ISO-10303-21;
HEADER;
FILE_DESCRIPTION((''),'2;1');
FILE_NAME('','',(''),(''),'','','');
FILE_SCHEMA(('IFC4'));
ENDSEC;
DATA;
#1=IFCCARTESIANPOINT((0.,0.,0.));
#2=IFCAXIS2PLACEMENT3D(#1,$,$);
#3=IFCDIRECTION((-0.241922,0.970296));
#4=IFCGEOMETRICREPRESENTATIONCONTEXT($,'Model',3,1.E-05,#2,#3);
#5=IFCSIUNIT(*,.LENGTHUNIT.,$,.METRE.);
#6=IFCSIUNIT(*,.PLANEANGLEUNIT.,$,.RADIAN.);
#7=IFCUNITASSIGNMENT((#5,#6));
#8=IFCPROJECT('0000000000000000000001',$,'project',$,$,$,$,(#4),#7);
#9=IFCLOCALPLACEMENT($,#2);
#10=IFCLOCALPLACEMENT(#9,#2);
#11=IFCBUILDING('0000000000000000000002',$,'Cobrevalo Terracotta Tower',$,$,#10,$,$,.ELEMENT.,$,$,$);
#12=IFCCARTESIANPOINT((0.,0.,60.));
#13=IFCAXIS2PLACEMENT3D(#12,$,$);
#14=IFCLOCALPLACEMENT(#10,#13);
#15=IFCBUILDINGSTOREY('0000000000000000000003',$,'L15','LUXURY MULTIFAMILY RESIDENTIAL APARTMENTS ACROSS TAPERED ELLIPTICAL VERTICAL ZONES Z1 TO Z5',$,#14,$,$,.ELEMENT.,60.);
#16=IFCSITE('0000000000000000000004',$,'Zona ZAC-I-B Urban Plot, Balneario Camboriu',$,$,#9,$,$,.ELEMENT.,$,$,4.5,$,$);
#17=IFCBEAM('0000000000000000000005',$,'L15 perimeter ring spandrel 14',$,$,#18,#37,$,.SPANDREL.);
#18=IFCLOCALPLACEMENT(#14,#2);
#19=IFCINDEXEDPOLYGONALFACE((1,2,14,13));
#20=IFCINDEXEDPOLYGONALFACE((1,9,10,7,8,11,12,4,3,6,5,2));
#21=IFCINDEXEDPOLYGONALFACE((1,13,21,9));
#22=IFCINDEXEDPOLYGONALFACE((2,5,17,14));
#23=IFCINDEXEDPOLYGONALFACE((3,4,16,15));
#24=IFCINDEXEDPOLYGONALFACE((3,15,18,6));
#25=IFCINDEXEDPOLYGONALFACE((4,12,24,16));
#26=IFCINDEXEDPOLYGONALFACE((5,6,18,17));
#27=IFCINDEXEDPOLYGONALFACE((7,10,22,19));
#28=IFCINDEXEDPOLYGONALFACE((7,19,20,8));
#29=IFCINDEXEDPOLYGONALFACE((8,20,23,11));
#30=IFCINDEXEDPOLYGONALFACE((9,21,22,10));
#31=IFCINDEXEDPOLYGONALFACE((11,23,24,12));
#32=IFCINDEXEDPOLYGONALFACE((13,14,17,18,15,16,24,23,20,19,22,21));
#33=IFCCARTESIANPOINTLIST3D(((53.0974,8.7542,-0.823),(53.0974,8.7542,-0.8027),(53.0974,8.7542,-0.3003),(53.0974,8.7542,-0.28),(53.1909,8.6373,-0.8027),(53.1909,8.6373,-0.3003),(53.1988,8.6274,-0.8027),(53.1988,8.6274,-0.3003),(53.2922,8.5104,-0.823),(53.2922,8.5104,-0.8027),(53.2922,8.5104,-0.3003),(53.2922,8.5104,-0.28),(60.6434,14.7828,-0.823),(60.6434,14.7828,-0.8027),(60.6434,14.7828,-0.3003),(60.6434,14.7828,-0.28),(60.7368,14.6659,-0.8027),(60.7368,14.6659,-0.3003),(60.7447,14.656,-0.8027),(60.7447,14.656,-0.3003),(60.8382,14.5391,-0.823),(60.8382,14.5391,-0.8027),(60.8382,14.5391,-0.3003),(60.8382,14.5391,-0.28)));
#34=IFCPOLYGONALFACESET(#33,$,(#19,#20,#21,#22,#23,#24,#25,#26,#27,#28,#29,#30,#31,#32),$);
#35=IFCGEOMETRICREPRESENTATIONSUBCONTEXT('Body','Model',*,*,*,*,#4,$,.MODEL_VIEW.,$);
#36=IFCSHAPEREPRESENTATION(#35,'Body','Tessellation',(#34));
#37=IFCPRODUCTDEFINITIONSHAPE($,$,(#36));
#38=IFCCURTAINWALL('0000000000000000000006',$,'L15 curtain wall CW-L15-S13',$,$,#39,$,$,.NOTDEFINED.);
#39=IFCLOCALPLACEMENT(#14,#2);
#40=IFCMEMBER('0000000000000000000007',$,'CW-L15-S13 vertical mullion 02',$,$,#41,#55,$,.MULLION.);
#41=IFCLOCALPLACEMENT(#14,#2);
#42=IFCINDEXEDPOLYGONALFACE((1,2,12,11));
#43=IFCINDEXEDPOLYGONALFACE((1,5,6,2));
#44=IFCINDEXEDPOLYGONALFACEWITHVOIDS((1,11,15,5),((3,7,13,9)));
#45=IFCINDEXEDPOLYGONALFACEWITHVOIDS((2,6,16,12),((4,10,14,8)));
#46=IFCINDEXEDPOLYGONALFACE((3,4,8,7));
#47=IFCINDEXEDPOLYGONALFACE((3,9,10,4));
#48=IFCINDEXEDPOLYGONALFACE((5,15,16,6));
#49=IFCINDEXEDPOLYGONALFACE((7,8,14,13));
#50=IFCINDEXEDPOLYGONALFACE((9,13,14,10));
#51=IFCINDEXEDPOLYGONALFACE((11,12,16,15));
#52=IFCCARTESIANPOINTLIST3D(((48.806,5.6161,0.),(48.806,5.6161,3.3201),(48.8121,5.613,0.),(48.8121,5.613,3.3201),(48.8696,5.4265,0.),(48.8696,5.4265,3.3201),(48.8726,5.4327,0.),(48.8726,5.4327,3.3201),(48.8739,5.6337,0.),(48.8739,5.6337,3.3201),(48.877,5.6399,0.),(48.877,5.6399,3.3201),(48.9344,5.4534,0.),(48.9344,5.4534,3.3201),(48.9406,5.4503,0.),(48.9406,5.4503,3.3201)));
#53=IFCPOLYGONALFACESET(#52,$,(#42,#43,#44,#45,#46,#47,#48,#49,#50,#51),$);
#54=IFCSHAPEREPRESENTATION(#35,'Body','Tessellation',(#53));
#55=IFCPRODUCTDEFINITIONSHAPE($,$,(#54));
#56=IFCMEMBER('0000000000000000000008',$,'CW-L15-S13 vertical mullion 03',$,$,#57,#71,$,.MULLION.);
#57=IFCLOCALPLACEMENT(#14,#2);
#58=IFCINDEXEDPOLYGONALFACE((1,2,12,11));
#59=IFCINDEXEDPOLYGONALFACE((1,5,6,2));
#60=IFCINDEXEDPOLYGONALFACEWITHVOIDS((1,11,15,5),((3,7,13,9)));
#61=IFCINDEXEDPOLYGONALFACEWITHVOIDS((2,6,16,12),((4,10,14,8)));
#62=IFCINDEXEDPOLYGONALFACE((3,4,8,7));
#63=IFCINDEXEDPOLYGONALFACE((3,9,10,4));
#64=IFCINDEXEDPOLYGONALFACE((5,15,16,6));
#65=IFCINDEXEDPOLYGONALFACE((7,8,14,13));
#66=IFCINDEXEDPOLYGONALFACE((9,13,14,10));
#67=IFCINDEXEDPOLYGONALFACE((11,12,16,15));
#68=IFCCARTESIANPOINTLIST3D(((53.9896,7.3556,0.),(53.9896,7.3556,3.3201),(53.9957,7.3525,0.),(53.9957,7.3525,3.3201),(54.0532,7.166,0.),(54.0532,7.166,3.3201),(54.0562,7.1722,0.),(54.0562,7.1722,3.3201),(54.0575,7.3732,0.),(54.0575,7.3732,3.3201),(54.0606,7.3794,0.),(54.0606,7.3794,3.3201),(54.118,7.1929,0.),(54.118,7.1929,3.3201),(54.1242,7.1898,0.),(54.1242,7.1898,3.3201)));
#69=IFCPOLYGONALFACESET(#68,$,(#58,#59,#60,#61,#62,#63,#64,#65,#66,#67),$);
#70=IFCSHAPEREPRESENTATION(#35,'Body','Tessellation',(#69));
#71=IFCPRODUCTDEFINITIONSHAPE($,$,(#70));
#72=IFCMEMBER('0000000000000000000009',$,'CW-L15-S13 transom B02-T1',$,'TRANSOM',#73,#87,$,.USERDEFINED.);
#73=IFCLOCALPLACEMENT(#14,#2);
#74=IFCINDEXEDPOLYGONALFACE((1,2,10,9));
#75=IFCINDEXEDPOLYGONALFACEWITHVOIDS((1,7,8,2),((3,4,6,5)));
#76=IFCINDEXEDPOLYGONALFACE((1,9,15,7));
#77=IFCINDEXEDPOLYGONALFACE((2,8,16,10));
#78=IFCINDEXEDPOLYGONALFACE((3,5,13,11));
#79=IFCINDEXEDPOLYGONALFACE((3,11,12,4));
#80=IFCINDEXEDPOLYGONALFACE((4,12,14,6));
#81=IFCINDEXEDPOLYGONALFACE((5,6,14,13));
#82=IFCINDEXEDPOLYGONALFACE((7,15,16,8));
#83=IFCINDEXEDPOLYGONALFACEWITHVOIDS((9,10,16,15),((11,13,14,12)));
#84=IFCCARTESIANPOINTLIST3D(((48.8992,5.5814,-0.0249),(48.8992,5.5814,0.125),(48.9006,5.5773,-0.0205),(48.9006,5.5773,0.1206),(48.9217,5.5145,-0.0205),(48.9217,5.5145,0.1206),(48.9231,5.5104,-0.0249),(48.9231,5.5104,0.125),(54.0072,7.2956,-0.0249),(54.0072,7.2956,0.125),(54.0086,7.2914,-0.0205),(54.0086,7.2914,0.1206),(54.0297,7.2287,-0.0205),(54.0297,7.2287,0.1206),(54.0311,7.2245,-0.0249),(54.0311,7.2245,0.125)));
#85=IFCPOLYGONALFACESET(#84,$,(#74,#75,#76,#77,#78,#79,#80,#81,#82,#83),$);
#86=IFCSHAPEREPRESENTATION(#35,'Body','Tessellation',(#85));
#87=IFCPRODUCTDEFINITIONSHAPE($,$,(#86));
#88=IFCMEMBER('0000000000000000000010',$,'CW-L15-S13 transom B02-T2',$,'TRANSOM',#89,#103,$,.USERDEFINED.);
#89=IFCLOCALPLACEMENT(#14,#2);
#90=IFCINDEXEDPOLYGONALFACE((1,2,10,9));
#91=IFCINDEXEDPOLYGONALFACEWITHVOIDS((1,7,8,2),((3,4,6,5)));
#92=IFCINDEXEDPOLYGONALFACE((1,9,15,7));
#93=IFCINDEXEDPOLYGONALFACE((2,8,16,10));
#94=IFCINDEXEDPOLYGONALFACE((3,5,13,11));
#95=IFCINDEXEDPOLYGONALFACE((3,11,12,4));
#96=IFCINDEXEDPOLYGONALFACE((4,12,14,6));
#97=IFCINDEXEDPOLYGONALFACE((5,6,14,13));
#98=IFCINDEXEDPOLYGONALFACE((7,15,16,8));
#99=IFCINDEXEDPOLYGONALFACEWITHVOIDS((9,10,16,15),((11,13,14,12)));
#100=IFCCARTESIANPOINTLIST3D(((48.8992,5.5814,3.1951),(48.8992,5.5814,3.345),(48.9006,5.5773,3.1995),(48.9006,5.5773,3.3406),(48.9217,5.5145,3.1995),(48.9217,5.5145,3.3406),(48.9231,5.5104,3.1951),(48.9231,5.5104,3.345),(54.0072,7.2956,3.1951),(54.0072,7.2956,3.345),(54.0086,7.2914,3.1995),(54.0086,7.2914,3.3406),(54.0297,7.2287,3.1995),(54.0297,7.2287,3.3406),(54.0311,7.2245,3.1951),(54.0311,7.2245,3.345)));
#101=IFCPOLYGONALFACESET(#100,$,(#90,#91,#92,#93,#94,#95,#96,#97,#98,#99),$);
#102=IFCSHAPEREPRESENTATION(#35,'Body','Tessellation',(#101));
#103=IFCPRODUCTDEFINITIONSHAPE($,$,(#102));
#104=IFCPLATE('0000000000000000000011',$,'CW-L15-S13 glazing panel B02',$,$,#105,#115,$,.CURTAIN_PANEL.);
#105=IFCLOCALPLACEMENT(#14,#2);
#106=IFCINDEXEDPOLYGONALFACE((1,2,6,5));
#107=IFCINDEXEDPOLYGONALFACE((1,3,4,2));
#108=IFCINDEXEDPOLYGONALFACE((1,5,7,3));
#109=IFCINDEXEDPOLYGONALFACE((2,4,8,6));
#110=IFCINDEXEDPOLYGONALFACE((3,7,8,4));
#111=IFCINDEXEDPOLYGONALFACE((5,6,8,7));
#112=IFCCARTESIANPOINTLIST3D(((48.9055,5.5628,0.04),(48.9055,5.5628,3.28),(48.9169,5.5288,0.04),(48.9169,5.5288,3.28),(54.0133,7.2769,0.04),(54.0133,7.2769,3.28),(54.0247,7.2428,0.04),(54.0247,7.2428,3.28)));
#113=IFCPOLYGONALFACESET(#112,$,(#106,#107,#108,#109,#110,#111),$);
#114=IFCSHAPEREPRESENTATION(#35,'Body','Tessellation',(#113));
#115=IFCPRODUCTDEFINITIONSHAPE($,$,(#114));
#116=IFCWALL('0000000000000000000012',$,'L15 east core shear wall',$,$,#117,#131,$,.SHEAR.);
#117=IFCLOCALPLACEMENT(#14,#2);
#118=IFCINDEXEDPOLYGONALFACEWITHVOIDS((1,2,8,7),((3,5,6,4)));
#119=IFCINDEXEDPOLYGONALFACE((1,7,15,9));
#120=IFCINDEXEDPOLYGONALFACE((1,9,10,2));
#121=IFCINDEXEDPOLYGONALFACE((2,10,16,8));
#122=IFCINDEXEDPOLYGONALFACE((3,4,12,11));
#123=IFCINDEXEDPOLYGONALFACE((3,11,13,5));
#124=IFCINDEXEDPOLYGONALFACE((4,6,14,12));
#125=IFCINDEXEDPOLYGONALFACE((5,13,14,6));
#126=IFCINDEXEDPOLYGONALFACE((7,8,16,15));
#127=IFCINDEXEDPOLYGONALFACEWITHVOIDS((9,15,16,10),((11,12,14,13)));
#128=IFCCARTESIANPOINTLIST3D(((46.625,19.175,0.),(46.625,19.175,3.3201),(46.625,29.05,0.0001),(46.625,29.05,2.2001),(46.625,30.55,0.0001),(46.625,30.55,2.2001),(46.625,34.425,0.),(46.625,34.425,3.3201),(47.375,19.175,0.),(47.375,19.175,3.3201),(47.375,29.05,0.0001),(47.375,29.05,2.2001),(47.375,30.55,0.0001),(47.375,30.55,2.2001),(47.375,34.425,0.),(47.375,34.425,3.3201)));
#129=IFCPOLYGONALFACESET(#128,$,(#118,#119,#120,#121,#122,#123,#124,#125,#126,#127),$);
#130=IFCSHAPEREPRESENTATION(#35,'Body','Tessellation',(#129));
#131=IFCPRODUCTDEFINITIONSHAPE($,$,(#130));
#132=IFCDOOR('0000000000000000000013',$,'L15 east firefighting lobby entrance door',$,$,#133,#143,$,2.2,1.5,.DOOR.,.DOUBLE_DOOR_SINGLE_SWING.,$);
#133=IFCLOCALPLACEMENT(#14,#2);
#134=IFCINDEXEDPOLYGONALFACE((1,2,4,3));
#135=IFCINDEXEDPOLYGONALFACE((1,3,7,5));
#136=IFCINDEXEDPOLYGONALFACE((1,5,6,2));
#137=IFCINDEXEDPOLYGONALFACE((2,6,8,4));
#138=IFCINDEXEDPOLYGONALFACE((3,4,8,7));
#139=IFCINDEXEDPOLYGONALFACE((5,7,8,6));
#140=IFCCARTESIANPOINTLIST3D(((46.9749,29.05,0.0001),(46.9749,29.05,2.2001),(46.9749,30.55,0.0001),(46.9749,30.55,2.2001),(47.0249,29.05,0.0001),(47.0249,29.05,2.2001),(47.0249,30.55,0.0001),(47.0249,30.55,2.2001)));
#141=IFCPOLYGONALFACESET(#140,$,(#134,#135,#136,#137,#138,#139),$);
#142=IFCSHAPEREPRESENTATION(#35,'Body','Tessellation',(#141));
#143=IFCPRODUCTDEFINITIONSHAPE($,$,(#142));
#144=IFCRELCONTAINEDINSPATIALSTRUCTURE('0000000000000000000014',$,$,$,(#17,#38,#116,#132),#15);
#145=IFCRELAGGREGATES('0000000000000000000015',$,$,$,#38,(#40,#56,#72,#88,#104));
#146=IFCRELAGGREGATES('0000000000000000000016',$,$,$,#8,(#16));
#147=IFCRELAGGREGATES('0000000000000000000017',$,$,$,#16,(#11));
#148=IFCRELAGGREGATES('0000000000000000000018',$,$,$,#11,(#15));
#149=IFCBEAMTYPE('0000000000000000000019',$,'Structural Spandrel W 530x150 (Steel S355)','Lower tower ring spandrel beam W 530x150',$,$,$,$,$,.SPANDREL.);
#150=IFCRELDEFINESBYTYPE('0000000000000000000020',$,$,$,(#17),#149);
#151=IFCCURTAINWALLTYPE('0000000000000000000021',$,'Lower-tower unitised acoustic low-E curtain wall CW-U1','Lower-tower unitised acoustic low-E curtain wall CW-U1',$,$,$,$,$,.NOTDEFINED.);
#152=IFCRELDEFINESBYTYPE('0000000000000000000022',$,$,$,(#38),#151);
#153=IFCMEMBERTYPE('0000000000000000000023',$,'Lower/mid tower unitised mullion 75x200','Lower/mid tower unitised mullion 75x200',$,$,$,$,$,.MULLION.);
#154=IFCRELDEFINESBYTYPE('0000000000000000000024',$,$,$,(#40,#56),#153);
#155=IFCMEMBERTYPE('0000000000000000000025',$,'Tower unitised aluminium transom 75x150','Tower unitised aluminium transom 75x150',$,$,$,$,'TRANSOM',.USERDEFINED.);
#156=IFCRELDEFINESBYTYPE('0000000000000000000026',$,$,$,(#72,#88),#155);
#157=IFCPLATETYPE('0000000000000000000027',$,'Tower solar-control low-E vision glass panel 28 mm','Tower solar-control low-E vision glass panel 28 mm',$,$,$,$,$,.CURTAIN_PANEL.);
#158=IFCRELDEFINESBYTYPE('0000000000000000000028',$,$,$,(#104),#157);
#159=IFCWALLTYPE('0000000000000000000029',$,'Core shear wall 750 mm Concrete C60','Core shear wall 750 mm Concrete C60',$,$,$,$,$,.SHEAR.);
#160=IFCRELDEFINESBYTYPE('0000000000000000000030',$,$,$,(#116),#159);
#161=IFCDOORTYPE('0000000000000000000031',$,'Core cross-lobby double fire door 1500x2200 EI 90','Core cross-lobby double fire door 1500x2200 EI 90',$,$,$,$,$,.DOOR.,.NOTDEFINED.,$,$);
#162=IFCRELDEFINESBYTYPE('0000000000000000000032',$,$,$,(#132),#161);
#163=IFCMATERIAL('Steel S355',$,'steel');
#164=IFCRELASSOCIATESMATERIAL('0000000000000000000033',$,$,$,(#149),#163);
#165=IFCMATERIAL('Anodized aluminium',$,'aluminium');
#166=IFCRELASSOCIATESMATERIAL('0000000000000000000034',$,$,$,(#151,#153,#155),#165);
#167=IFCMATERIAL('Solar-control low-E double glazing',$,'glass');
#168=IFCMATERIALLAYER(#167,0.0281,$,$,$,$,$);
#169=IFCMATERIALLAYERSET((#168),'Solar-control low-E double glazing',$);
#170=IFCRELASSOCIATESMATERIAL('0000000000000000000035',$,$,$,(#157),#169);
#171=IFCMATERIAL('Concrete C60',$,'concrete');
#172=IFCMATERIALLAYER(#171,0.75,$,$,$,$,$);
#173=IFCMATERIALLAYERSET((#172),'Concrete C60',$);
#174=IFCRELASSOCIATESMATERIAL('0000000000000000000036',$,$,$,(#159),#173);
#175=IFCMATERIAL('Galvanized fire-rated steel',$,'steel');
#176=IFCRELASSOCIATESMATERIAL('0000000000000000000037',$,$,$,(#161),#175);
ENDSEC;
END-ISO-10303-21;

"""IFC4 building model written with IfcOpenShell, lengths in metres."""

from ifc_helpers import new_model, si_unit, direction, frame, frame_2d, origin, origin_2d, place, context, subcontext, project, spatial, rectangle, hollow_rectangle, i_section, extrude, source, transform, mapped, material, layer, layer_set, material_profile, profile_set, type_object, element, fill, aggregate, save


model = new_model("IFC4")

# Units and contexts
model_context = context("Model", 3, precision=1e-05, world=origin(), true_north=direction((-0.241922, 0.970296)))
body_context = subcontext(model_context, "Body", "Model", "MODEL_VIEW")
ifc_project = project(units=[si_unit("LENGTHUNIT", "METRE"), si_unit("PLANEANGLEUNIT", "RADIAN")], contexts=[model_context])

# Site, building, storey
site_placement = place(None, origin())
site = spatial("IfcSite", under=ifc_project, at=site_placement, Name="Zona ZAC-I-B Urban Plot, Balneario Camboriu", CompositionType="ELEMENT", RefElevation=4.5)
building_placement = place(site_placement, origin())
building = spatial("IfcBuilding", under=site, at=building_placement, Name="Cobrevalo Terracotta Tower", CompositionType="ELEMENT")
storey_placement = place(building_placement, frame((0.0, 0.0, 60.0)))
storey = spatial("IfcBuildingStorey", under=building, at=storey_placement, Name="L15", Description="LUXURY MULTIFAMILY RESIDENTIAL APARTMENTS ACROSS TAPERED ELLIPTICAL VERTICAL ZONES Z1 TO Z5", CompositionType="ELEMENT", Elevation=60.0)

# Shared definitions
ifc_material_1 = material(Name="Steel S355", Category="steel")

# Beam
ifc_material_profile_1 = material_profile(ifc_material_1, i_section(OverallWidth=0.312, OverallDepth=0.543, WebThickness=0.0127, FlangeThickness=0.0203, at=origin_2d()), Name="W 530x150")
ifc_profile_set_1 = profile_set([ifc_material_profile_1], Name="Steel S355")
beam_type_1 = type_object("IfcBeamType", Name="Structural Spandrel W 530x150 (Steel S355)", Description="Lower tower ring spandrel beam W 530x150", PredefinedType="SPANDREL", material=ifc_profile_set_1)
beam_1_placement = place(storey_placement, frame((53.1948, 8.6323, -0.5515), z_axis=(0.78128, 0.62418, 0.0), x_axis=(-0.62418, 0.78128, 0.0)))
element("IfcBeam", 1, at=beam_1_placement, inside=storey, type_object=beam_type_1, Name="L15 perimeter ring spandrel 14", PredefinedType="SPANDREL", context=body_context, shape_type="SweptSolid", body=[
    extrude(i_section(OverallWidth=0.312, OverallDepth=0.543, WebThickness=0.0127, FlangeThickness=0.0203, at=origin_2d()), origin(), (0.0, 0.0, 1.0), 9.6584),
])

# Curtain wall, members, plate
ifc_material_2 = material(Name="Anodized aluminium", Category="aluminium")
curtain_wall_type = type_object("IfcCurtainWallType", Name="Lower-tower unitised acoustic low-E curtain wall CW-U1", Description="Lower-tower unitised acoustic low-E curtain wall CW-U1", PredefinedType="NOTDEFINED", material=ifc_material_2)
curtain_wall_placement = place(storey_placement, origin())
curtain_wall = element("IfcCurtainWall", 2, at=curtain_wall_placement, inside=storey, type_object=curtain_wall_type, Name="L15 curtain wall CW-L15-S13", PredefinedType="NOTDEFINED")
ifc_material_profile_2 = material_profile(ifc_material_2, hollow_rectangle(XDim=0.075, YDim=0.2, WallThickness=0.0049, at=origin_2d()), Name="CWM 75x200")
ifc_profile_set_2 = profile_set([ifc_material_profile_2], Name="Anodized aluminium")
member_type_1 = type_object("IfcMemberType", Name="Lower/mid tower unitised mullion 75x200", Description="Lower/mid tower unitised mullion 75x200", PredefinedType="MULLION", material=ifc_profile_set_2)
shared_shape_1 = source(origin(), body_context, "Body", "SweptSolid", [
    extrude(hollow_rectangle(XDim=0.075, YDim=0.2, WallThickness=0.0049, at=origin_2d()), origin(), (0.0, 0.0, 1.0), 3.3201),
])
member_1_placement = place(storey_placement, frame((48.8733, 5.5332, 0.0), z_axis=(0.0, 0.0, 1.0), x_axis=(0.948046, 0.318132, 0.0)))
member_1 = element("IfcMember", 3, at=member_1_placement, type_object=member_type_1, Name="CW-L15-S13 vertical mullion 02", PredefinedType="MULLION", context=body_context, shape_type="MappedRepresentation", body=[
    mapped(shared_shape_1, transform((0.0, 0.0, 0.0), scale=1.0)),
])
member_2_placement = place(storey_placement, frame((54.0569, 7.2727, 0.0), z_axis=(0.0, 0.0, 1.0), x_axis=(0.948046, 0.318132, 0.0)))
member_2 = element("IfcMember", 4, at=member_2_placement, type_object=member_type_1, Name="CW-L15-S13 vertical mullion 03", PredefinedType="MULLION", context=body_context, shape_type="MappedRepresentation", body=[
    mapped(shared_shape_1, transform((0.0, 0.0, 0.0), scale=1.0)),
])
ifc_material_profile_3 = material_profile(ifc_material_2, hollow_rectangle(XDim=0.075, YDim=0.1499, WallThickness=0.0044, at=origin_2d()), Name="CWT 75x150")
ifc_profile_set_3 = profile_set([ifc_material_profile_3], Name="Anodized aluminium")
member_type_2 = type_object("IfcMemberType", Name="Tower unitised aluminium transom 75x150", Description="Tower unitised aluminium transom 75x150", ElementType="TRANSOM", PredefinedType="USERDEFINED", material=ifc_profile_set_3)
shared_shape_2 = source(origin(), body_context, "Body", "SweptSolid", [
    extrude(hollow_rectangle(XDim=0.075, YDim=0.1499, WallThickness=0.0044, at=origin_2d()), origin(), (0.0, 0.0, 1.0), 5.3879),
])
member_3_placement = place(storey_placement, frame((48.9111, 5.5459, 0.05), z_axis=(0.948042, 0.318144, 0.0), x_axis=(-0.318144, 0.948042, 0.0)))
member_3 = element("IfcMember", 5, at=member_3_placement, type_object=member_type_2, Name="CW-L15-S13 transom B02-T1", ObjectType="TRANSOM", PredefinedType="USERDEFINED", context=body_context, shape_type="MappedRepresentation", body=[
    mapped(shared_shape_2, transform((0.0, 0.0, 0.0), scale=1.0)),
])
member_4_placement = place(storey_placement, frame((48.9111, 5.5459, 3.27), z_axis=(0.948042, 0.318144, 0.0), x_axis=(-0.318144, 0.948042, 0.0)))
member_4 = element("IfcMember", 6, at=member_4_placement, type_object=member_type_2, Name="CW-L15-S13 transom B02-T2", ObjectType="TRANSOM", PredefinedType="USERDEFINED", context=body_context, shape_type="MappedRepresentation", body=[
    mapped(shared_shape_2, transform((0.0, 0.0, 0.0), scale=1.0)),
])
ifc_material_3 = material(Name="Solar-control low-E double glazing", Category="glass")
ifc_layer_1 = layer(ifc_material_3, 0.0281)
ifc_layer_set_1 = layer_set([ifc_layer_1], Name="Solar-control low-E double glazing")
plate_type = type_object("IfcPlateType", Name="Tower solar-control low-E vision glass panel 28 mm", Description="Tower solar-control low-E vision glass panel 28 mm", PredefinedType="CURTAIN_PANEL", material=ifc_layer_set_1)
shared_shape_3 = source(origin(), body_context, "Body", "SweptSolid", [
    extrude(rectangle(XDim=5.3877, YDim=0.0359, at=origin_2d()), origin(), (0.0, 0.0, 1.0), 3.24),
])
plate_placement = place(storey_placement, frame((51.4651, 6.4028, 0.04), z_axis=(0.0, 0.0, 1.0), x_axis=(0.948044, 0.318139, 0.0)))
plate = element("IfcPlate", 7, at=plate_placement, type_object=plate_type, Name="CW-L15-S13 glazing panel B02", PredefinedType="CURTAIN_PANEL", context=body_context, shape_type="MappedRepresentation", body=[
    mapped(shared_shape_3, transform((0.0, 0.0, 0.0), scale=1.0)),
])
aggregate(curtain_wall, [member_1, member_2, member_3, member_4, plate])

# Wall, opening, door
ifc_material_4 = material(Name="Concrete C60", Category="concrete")
ifc_layer_2 = layer(ifc_material_4, 0.75)
ifc_layer_set_2 = layer_set([ifc_layer_2], Name="Concrete C60")
wall_type_1 = type_object("IfcWallType", Name="Core shear wall 750 mm Concrete C60", Description="Core shear wall 750 mm Concrete C60", PredefinedType="SHEAR", material=ifc_layer_set_2)
wall_1_placement = place(storey_placement, frame((47.0, 19.175, 0.0), z_axis=(0.0, 0.0, 1.0), x_axis=(0.0, 1.0, 0.0)))
wall_1 = element("IfcWall", 8, at=wall_1_placement, inside=storey, type_object=wall_type_1, Name="L15 east core shear wall", PredefinedType="SHEAR", context=body_context, shape_type="SweptSolid", body=[
    extrude(rectangle(XDim=15.25, YDim=0.75, at=frame_2d((7.625, 0.0))), origin(), (0.0, 0.0, 1.0), 3.3201),
])
opening_1_placement = place(wall_1_placement, frame((9.875, 0.0, 0.0)))
opening_1 = element("IfcOpeningElement", 9, at=opening_1_placement, cuts=wall_1, PredefinedType="OPENING", context=body_context, shape_type="SweptSolid", body=[
    extrude(rectangle(XDim=1.5, YDim=2.2, at=frame_2d((0.75, 1.1001))), frame((0.0, 0.385, 0.0), z_axis=(0.0, -1.0, 0.0), x_axis=(1.0, 0.0, 0.0)), (0.0, 0.0, 1.0), 0.77),
])
ifc_material_5 = material(Name="Galvanized fire-rated steel", Category="steel")
door_type_1 = type_object("IfcDoorType", Name="Core cross-lobby double fire door 1500x2200 EI 90", Description="Core cross-lobby double fire door 1500x2200 EI 90", OperationType="NOTDEFINED", PredefinedType="DOOR", material=ifc_material_5)
shared_shape_4 = source(origin(), body_context, "Body", "SweptSolid", [
    extrude(rectangle(XDim=1.5, YDim=2.2, at=frame_2d((0.75, 1.1001))), frame((0.0, 0.0249, 0.0), z_axis=(0.0, -1.0, 0.0), x_axis=(1.0, 0.0, 0.0)), (0.0, 0.0, 1.0), 0.05),
])
door_1_placement = place(opening_1_placement, frame((1.5, 0.0, 0.0), z_axis=(0.0, 0.0, 1.0), x_axis=(-1.0, 0.0, 0.0)))
door_1 = element("IfcDoor", 10, at=door_1_placement, inside=storey, type_object=door_type_1, Name="L15 east firefighting lobby entrance door", OperationType="DOUBLE_DOOR_SINGLE_SWING", OverallHeight=2.2, OverallWidth=1.5, PredefinedType="DOOR", context=body_context, shape_type="MappedRepresentation", body=[
    mapped(shared_shape_4, transform((0.0, 0.0, 0.0), scale=1.0)),
])
fill(opening_1, door_1)

save(model, "model.ifc")
